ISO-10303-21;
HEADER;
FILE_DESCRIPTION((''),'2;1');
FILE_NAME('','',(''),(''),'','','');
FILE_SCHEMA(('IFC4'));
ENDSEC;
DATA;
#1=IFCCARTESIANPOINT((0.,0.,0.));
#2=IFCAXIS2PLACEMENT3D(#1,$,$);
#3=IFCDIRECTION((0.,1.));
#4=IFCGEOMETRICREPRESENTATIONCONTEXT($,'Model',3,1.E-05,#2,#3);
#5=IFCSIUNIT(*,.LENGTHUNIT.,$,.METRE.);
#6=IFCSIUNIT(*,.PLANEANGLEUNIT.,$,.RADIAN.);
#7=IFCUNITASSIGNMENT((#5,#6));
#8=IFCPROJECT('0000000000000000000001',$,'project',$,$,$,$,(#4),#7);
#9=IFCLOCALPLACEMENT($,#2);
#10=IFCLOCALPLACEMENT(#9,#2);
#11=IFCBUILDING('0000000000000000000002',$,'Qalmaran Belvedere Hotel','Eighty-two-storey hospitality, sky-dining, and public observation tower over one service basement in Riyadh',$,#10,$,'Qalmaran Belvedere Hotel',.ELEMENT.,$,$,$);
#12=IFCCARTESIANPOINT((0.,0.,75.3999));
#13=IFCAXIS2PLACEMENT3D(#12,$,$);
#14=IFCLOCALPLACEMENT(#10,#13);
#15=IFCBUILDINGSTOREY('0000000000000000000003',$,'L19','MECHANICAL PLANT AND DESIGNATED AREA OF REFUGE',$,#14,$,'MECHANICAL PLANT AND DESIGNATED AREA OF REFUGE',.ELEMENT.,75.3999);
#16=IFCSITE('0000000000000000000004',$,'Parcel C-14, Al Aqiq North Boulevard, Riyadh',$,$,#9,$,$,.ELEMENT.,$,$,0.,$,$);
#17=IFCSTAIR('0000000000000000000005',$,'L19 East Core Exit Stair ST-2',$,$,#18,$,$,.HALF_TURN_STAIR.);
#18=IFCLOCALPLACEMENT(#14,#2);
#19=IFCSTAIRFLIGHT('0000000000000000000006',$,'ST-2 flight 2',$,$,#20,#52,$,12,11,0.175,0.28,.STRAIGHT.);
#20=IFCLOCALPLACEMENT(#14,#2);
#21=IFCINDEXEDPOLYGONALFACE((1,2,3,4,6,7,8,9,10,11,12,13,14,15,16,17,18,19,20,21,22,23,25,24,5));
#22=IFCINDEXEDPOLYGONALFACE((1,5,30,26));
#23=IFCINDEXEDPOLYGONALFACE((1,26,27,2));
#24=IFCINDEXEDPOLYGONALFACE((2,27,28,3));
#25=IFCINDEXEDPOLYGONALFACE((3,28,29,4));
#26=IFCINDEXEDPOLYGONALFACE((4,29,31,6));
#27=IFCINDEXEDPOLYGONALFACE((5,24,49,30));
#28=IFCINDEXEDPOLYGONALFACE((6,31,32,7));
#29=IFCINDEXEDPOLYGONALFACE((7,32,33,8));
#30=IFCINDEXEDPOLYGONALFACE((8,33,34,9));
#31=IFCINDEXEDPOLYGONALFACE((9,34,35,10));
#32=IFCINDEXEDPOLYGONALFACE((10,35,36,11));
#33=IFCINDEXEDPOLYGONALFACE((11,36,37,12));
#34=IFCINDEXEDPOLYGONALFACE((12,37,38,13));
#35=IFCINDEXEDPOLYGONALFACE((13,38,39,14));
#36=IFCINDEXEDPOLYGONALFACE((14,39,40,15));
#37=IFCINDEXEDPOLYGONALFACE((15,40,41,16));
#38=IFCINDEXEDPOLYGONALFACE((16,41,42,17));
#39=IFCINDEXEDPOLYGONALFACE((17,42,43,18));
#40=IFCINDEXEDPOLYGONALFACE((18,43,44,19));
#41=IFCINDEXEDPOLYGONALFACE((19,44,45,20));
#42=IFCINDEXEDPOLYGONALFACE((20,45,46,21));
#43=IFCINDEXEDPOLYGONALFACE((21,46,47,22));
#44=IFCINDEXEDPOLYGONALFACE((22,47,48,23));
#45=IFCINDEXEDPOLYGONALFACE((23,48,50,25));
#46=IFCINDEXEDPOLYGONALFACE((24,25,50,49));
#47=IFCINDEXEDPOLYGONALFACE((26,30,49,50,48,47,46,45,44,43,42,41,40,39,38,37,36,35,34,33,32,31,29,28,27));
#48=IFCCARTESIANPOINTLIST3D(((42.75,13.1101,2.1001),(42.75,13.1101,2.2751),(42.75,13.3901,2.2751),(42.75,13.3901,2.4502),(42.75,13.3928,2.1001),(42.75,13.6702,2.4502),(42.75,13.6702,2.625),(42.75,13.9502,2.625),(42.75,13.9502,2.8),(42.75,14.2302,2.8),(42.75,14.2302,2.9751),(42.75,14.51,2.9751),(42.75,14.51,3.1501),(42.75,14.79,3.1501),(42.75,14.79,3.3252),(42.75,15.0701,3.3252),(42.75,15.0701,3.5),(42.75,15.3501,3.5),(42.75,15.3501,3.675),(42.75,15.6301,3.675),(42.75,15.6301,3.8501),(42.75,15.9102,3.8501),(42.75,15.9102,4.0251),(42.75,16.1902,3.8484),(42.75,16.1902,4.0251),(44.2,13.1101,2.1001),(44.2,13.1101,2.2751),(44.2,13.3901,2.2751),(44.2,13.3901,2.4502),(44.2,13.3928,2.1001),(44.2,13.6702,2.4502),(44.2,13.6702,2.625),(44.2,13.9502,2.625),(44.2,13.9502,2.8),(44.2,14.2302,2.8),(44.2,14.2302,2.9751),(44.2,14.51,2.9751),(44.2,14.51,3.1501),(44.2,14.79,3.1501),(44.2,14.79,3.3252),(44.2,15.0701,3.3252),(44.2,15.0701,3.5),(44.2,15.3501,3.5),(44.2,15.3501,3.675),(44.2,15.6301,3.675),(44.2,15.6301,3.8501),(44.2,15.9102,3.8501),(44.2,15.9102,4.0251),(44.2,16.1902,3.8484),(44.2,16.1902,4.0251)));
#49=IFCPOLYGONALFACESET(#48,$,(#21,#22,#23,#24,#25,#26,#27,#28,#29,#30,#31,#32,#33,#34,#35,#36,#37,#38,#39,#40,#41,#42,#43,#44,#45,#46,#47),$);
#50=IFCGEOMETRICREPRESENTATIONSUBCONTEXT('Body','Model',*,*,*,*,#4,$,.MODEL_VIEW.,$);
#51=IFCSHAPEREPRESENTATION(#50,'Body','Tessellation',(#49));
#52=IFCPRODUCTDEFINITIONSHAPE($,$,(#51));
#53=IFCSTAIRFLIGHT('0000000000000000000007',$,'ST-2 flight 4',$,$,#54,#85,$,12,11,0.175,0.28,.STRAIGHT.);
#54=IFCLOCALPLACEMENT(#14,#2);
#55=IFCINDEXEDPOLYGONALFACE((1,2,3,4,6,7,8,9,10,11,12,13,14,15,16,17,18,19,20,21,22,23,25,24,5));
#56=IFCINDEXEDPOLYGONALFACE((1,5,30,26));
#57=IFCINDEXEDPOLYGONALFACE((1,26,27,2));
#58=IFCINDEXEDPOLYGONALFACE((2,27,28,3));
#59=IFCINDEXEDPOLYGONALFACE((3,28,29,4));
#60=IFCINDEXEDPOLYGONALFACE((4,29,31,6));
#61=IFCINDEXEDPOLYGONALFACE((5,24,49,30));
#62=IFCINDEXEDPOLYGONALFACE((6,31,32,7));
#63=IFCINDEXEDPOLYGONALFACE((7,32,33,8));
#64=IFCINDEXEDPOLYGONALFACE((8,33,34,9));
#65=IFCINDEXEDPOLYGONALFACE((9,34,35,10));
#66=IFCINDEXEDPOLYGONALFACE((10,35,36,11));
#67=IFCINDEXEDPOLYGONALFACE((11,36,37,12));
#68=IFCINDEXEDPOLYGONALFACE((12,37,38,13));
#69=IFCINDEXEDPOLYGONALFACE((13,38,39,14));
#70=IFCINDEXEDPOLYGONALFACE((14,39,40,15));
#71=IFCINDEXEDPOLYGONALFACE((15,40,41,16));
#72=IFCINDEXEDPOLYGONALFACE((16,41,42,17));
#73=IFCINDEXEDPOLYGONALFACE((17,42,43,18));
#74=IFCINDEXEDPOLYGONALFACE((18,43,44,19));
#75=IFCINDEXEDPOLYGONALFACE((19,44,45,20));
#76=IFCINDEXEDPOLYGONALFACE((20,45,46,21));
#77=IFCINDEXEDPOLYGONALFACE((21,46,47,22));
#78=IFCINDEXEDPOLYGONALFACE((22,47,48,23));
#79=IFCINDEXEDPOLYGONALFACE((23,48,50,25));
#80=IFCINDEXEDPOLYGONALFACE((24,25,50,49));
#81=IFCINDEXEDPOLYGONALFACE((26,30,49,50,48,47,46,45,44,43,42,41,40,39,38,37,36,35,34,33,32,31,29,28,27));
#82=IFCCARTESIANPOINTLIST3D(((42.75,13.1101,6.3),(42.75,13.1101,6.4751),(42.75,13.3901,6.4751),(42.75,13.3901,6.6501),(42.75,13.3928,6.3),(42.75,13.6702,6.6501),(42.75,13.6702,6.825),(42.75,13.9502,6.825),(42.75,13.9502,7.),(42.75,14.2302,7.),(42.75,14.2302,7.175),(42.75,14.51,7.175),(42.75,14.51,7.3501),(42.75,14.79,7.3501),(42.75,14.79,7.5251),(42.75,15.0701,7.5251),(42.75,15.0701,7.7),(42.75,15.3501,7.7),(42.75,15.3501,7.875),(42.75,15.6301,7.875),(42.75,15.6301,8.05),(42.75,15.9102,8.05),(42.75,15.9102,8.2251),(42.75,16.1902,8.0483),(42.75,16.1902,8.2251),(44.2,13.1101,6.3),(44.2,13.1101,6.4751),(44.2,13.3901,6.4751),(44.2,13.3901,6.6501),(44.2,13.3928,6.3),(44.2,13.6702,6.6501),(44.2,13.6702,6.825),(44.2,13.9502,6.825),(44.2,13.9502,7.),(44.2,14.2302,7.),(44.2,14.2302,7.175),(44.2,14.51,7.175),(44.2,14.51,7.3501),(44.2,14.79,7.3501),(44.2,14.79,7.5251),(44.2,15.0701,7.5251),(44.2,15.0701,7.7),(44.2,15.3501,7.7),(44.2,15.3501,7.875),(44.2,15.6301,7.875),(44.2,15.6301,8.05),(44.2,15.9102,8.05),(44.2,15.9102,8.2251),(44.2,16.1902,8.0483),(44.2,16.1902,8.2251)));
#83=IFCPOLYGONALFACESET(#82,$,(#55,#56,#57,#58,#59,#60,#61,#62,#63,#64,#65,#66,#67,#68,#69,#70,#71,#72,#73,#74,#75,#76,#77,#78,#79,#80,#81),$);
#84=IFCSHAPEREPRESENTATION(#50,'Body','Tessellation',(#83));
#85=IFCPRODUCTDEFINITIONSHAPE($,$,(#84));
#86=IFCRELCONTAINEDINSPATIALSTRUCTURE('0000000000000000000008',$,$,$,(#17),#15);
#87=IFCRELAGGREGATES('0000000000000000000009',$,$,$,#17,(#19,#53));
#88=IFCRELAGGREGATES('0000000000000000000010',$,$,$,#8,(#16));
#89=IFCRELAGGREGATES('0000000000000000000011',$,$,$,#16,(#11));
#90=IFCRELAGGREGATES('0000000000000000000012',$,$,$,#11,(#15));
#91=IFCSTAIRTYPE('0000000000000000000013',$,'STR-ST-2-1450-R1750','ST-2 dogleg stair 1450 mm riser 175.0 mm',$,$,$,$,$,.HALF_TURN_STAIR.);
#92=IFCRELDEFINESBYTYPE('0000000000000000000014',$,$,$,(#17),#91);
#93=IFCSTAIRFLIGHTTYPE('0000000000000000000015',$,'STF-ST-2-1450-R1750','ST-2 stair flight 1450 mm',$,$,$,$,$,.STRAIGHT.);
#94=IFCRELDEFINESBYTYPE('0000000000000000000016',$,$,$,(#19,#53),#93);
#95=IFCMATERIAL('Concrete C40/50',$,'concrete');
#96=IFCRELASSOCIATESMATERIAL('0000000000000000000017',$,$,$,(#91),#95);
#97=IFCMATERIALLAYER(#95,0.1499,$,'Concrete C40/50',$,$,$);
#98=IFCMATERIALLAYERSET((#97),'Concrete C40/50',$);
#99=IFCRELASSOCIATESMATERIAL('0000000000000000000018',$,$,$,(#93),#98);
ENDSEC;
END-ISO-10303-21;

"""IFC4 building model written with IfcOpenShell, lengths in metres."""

from ifc_helpers import new_model, si_unit, direction, frame, origin, place, context, subcontext, project, spatial, polyline, outline, extrude, material, layer, layer_set, type_object, element, aggregate, save


model = new_model("IFC4")

# Units and contexts
model_context = context("Model", 3, precision=1e-05, world=origin(), true_north=direction((0.0, 1.0)))
body_context = subcontext(model_context, "Body", "Model", "MODEL_VIEW")
ifc_project = project(units=[si_unit("LENGTHUNIT", "METRE"), si_unit("PLANEANGLEUNIT", "RADIAN")], contexts=[model_context])

# Site, building, storey
site_placement = place(None, origin())
site = spatial("IfcSite", under=ifc_project, at=site_placement, Name="Parcel C-14, Al Aqiq North Boulevard, Riyadh", CompositionType="ELEMENT", RefElevation=0.0)
building_placement = place(site_placement, origin())
building = spatial("IfcBuilding", under=site, at=building_placement, Name="Qalmaran Belvedere Hotel", Description="Eighty-two-storey hospitality, sky-dining, and public observation tower over one service basement in Riyadh", LongName="Qalmaran Belvedere Hotel", CompositionType="ELEMENT")
storey_placement = place(building_placement, frame((0.0, 0.0, 75.3999)))
storey = spatial("IfcBuildingStorey", under=building, at=storey_placement, Name="L19", Description="MECHANICAL PLANT AND DESIGNATED AREA OF REFUGE", LongName="MECHANICAL PLANT AND DESIGNATED AREA OF REFUGE", CompositionType="ELEMENT", Elevation=75.3999)

# Stair, stair flights
ifc_material_1 = material(Name="Concrete C40/50", Category="concrete")
stair_type = type_object("IfcStairType", Name="STR-ST-2-1450-R1750", Description="ST-2 dogleg stair 1450 mm riser 175.0 mm", PredefinedType="HALF_TURN_STAIR", material=ifc_material_1)
stair_placement = place(storey_placement, origin())
stair = element("IfcStair", 1, at=stair_placement, inside=storey, type_object=stair_type, Name="L19 East Core Exit Stair ST-2", PredefinedType="HALF_TURN_STAIR")
ifc_layer_1 = layer(ifc_material_1, 0.1499, Name="Concrete C40/50")
ifc_layer_set_1 = layer_set([ifc_layer_1], Name="Concrete C40/50")
stair_flight_type = type_object("IfcStairFlightType", Name="STF-ST-2-1450-R1750", Description="ST-2 stair flight 1450 mm", PredefinedType="STRAIGHT", material=ifc_layer_set_1)
stair_flight_1_placement = place(storey_placement, frame((43.4751, 13.1101, 2.1001), z_axis=(0.0, 0.0, 1.0), x_axis=(0.0, 1.0, 0.0)))
stair_flight_1 = element("IfcStairFlight", 2, at=stair_flight_1_placement, type_object=stair_flight_type, Name="ST-2 flight 2", NumberOfRisers=12, NumberOfTreads=11, PredefinedType="STRAIGHT", RiserHeight=0.175, TreadLength=0.28, context=body_context, shape_type="SweptSolid", body=[
    extrude(outline(polyline([(0.0, 0.0), (0.0, 0.175), (0.28, 0.175), (0.28, 0.3501), (0.5601, 0.3501), (0.5601, 0.5249), (0.8401, 0.5249), (0.8401, 0.7), (1.1201, 0.7), (1.1201, 0.875), (1.3999, 0.875), (1.3999, 1.05), (1.6799, 1.05), (1.6799, 1.2251), (1.96, 1.2251), (1.96, 1.3999), (2.24, 1.3999), (2.24, 1.575), (2.52, 1.575), (2.52, 1.75), (2.8, 1.75), (2.8, 1.925), (3.0801, 1.925), (3.0801, 2.1001), (3.0801, 1.7483), (0.2827, 0.0), (0.0, 0.0)])), frame((0.0, 0.7251, 0.0), z_axis=(0.0, -1.0, 0.0), x_axis=(1.0, 0.0, 0.0)), (0.0, 0.0, 1.0), 1.45),
])
stair_flight_2_placement = place(storey_placement, frame((43.4751, 13.1101, 6.3), z_axis=(0.0, 0.0, 1.0), x_axis=(0.0, 1.0, 0.0)))
stair_flight_2 = element("IfcStairFlight", 3, at=stair_flight_2_placement, type_object=stair_flight_type, Name="ST-2 flight 4", NumberOfRisers=12, NumberOfTreads=11, PredefinedType="STRAIGHT", RiserHeight=0.175, TreadLength=0.28, context=body_context, shape_type="SweptSolid", body=[
    extrude(outline(polyline([(0.0, 0.0), (0.0, 0.175), (0.28, 0.175), (0.28, 0.3501), (0.5601, 0.3501), (0.5601, 0.5249), (0.8401, 0.5249), (0.8401, 0.7), (1.1201, 0.7), (1.1201, 0.875), (1.3999, 0.875), (1.3999, 1.05), (1.6799, 1.05), (1.6799, 1.2251), (1.96, 1.2251), (1.96, 1.3999), (2.24, 1.3999), (2.24, 1.575), (2.52, 1.575), (2.52, 1.75), (2.8, 1.75), (2.8, 1.925), (3.0801, 1.925), (3.0801, 2.1001), (3.0801, 1.7483), (0.2827, 0.0), (0.0, 0.0)])), frame((0.0, 0.7251, 0.0), z_axis=(0.0, -1.0, 0.0), x_axis=(1.0, 0.0, 0.0)), (0.0, 0.0, 1.0), 1.45),
])
aggregate(stair, [stair_flight_1, stair_flight_2])

save(model, "model.ifc")
